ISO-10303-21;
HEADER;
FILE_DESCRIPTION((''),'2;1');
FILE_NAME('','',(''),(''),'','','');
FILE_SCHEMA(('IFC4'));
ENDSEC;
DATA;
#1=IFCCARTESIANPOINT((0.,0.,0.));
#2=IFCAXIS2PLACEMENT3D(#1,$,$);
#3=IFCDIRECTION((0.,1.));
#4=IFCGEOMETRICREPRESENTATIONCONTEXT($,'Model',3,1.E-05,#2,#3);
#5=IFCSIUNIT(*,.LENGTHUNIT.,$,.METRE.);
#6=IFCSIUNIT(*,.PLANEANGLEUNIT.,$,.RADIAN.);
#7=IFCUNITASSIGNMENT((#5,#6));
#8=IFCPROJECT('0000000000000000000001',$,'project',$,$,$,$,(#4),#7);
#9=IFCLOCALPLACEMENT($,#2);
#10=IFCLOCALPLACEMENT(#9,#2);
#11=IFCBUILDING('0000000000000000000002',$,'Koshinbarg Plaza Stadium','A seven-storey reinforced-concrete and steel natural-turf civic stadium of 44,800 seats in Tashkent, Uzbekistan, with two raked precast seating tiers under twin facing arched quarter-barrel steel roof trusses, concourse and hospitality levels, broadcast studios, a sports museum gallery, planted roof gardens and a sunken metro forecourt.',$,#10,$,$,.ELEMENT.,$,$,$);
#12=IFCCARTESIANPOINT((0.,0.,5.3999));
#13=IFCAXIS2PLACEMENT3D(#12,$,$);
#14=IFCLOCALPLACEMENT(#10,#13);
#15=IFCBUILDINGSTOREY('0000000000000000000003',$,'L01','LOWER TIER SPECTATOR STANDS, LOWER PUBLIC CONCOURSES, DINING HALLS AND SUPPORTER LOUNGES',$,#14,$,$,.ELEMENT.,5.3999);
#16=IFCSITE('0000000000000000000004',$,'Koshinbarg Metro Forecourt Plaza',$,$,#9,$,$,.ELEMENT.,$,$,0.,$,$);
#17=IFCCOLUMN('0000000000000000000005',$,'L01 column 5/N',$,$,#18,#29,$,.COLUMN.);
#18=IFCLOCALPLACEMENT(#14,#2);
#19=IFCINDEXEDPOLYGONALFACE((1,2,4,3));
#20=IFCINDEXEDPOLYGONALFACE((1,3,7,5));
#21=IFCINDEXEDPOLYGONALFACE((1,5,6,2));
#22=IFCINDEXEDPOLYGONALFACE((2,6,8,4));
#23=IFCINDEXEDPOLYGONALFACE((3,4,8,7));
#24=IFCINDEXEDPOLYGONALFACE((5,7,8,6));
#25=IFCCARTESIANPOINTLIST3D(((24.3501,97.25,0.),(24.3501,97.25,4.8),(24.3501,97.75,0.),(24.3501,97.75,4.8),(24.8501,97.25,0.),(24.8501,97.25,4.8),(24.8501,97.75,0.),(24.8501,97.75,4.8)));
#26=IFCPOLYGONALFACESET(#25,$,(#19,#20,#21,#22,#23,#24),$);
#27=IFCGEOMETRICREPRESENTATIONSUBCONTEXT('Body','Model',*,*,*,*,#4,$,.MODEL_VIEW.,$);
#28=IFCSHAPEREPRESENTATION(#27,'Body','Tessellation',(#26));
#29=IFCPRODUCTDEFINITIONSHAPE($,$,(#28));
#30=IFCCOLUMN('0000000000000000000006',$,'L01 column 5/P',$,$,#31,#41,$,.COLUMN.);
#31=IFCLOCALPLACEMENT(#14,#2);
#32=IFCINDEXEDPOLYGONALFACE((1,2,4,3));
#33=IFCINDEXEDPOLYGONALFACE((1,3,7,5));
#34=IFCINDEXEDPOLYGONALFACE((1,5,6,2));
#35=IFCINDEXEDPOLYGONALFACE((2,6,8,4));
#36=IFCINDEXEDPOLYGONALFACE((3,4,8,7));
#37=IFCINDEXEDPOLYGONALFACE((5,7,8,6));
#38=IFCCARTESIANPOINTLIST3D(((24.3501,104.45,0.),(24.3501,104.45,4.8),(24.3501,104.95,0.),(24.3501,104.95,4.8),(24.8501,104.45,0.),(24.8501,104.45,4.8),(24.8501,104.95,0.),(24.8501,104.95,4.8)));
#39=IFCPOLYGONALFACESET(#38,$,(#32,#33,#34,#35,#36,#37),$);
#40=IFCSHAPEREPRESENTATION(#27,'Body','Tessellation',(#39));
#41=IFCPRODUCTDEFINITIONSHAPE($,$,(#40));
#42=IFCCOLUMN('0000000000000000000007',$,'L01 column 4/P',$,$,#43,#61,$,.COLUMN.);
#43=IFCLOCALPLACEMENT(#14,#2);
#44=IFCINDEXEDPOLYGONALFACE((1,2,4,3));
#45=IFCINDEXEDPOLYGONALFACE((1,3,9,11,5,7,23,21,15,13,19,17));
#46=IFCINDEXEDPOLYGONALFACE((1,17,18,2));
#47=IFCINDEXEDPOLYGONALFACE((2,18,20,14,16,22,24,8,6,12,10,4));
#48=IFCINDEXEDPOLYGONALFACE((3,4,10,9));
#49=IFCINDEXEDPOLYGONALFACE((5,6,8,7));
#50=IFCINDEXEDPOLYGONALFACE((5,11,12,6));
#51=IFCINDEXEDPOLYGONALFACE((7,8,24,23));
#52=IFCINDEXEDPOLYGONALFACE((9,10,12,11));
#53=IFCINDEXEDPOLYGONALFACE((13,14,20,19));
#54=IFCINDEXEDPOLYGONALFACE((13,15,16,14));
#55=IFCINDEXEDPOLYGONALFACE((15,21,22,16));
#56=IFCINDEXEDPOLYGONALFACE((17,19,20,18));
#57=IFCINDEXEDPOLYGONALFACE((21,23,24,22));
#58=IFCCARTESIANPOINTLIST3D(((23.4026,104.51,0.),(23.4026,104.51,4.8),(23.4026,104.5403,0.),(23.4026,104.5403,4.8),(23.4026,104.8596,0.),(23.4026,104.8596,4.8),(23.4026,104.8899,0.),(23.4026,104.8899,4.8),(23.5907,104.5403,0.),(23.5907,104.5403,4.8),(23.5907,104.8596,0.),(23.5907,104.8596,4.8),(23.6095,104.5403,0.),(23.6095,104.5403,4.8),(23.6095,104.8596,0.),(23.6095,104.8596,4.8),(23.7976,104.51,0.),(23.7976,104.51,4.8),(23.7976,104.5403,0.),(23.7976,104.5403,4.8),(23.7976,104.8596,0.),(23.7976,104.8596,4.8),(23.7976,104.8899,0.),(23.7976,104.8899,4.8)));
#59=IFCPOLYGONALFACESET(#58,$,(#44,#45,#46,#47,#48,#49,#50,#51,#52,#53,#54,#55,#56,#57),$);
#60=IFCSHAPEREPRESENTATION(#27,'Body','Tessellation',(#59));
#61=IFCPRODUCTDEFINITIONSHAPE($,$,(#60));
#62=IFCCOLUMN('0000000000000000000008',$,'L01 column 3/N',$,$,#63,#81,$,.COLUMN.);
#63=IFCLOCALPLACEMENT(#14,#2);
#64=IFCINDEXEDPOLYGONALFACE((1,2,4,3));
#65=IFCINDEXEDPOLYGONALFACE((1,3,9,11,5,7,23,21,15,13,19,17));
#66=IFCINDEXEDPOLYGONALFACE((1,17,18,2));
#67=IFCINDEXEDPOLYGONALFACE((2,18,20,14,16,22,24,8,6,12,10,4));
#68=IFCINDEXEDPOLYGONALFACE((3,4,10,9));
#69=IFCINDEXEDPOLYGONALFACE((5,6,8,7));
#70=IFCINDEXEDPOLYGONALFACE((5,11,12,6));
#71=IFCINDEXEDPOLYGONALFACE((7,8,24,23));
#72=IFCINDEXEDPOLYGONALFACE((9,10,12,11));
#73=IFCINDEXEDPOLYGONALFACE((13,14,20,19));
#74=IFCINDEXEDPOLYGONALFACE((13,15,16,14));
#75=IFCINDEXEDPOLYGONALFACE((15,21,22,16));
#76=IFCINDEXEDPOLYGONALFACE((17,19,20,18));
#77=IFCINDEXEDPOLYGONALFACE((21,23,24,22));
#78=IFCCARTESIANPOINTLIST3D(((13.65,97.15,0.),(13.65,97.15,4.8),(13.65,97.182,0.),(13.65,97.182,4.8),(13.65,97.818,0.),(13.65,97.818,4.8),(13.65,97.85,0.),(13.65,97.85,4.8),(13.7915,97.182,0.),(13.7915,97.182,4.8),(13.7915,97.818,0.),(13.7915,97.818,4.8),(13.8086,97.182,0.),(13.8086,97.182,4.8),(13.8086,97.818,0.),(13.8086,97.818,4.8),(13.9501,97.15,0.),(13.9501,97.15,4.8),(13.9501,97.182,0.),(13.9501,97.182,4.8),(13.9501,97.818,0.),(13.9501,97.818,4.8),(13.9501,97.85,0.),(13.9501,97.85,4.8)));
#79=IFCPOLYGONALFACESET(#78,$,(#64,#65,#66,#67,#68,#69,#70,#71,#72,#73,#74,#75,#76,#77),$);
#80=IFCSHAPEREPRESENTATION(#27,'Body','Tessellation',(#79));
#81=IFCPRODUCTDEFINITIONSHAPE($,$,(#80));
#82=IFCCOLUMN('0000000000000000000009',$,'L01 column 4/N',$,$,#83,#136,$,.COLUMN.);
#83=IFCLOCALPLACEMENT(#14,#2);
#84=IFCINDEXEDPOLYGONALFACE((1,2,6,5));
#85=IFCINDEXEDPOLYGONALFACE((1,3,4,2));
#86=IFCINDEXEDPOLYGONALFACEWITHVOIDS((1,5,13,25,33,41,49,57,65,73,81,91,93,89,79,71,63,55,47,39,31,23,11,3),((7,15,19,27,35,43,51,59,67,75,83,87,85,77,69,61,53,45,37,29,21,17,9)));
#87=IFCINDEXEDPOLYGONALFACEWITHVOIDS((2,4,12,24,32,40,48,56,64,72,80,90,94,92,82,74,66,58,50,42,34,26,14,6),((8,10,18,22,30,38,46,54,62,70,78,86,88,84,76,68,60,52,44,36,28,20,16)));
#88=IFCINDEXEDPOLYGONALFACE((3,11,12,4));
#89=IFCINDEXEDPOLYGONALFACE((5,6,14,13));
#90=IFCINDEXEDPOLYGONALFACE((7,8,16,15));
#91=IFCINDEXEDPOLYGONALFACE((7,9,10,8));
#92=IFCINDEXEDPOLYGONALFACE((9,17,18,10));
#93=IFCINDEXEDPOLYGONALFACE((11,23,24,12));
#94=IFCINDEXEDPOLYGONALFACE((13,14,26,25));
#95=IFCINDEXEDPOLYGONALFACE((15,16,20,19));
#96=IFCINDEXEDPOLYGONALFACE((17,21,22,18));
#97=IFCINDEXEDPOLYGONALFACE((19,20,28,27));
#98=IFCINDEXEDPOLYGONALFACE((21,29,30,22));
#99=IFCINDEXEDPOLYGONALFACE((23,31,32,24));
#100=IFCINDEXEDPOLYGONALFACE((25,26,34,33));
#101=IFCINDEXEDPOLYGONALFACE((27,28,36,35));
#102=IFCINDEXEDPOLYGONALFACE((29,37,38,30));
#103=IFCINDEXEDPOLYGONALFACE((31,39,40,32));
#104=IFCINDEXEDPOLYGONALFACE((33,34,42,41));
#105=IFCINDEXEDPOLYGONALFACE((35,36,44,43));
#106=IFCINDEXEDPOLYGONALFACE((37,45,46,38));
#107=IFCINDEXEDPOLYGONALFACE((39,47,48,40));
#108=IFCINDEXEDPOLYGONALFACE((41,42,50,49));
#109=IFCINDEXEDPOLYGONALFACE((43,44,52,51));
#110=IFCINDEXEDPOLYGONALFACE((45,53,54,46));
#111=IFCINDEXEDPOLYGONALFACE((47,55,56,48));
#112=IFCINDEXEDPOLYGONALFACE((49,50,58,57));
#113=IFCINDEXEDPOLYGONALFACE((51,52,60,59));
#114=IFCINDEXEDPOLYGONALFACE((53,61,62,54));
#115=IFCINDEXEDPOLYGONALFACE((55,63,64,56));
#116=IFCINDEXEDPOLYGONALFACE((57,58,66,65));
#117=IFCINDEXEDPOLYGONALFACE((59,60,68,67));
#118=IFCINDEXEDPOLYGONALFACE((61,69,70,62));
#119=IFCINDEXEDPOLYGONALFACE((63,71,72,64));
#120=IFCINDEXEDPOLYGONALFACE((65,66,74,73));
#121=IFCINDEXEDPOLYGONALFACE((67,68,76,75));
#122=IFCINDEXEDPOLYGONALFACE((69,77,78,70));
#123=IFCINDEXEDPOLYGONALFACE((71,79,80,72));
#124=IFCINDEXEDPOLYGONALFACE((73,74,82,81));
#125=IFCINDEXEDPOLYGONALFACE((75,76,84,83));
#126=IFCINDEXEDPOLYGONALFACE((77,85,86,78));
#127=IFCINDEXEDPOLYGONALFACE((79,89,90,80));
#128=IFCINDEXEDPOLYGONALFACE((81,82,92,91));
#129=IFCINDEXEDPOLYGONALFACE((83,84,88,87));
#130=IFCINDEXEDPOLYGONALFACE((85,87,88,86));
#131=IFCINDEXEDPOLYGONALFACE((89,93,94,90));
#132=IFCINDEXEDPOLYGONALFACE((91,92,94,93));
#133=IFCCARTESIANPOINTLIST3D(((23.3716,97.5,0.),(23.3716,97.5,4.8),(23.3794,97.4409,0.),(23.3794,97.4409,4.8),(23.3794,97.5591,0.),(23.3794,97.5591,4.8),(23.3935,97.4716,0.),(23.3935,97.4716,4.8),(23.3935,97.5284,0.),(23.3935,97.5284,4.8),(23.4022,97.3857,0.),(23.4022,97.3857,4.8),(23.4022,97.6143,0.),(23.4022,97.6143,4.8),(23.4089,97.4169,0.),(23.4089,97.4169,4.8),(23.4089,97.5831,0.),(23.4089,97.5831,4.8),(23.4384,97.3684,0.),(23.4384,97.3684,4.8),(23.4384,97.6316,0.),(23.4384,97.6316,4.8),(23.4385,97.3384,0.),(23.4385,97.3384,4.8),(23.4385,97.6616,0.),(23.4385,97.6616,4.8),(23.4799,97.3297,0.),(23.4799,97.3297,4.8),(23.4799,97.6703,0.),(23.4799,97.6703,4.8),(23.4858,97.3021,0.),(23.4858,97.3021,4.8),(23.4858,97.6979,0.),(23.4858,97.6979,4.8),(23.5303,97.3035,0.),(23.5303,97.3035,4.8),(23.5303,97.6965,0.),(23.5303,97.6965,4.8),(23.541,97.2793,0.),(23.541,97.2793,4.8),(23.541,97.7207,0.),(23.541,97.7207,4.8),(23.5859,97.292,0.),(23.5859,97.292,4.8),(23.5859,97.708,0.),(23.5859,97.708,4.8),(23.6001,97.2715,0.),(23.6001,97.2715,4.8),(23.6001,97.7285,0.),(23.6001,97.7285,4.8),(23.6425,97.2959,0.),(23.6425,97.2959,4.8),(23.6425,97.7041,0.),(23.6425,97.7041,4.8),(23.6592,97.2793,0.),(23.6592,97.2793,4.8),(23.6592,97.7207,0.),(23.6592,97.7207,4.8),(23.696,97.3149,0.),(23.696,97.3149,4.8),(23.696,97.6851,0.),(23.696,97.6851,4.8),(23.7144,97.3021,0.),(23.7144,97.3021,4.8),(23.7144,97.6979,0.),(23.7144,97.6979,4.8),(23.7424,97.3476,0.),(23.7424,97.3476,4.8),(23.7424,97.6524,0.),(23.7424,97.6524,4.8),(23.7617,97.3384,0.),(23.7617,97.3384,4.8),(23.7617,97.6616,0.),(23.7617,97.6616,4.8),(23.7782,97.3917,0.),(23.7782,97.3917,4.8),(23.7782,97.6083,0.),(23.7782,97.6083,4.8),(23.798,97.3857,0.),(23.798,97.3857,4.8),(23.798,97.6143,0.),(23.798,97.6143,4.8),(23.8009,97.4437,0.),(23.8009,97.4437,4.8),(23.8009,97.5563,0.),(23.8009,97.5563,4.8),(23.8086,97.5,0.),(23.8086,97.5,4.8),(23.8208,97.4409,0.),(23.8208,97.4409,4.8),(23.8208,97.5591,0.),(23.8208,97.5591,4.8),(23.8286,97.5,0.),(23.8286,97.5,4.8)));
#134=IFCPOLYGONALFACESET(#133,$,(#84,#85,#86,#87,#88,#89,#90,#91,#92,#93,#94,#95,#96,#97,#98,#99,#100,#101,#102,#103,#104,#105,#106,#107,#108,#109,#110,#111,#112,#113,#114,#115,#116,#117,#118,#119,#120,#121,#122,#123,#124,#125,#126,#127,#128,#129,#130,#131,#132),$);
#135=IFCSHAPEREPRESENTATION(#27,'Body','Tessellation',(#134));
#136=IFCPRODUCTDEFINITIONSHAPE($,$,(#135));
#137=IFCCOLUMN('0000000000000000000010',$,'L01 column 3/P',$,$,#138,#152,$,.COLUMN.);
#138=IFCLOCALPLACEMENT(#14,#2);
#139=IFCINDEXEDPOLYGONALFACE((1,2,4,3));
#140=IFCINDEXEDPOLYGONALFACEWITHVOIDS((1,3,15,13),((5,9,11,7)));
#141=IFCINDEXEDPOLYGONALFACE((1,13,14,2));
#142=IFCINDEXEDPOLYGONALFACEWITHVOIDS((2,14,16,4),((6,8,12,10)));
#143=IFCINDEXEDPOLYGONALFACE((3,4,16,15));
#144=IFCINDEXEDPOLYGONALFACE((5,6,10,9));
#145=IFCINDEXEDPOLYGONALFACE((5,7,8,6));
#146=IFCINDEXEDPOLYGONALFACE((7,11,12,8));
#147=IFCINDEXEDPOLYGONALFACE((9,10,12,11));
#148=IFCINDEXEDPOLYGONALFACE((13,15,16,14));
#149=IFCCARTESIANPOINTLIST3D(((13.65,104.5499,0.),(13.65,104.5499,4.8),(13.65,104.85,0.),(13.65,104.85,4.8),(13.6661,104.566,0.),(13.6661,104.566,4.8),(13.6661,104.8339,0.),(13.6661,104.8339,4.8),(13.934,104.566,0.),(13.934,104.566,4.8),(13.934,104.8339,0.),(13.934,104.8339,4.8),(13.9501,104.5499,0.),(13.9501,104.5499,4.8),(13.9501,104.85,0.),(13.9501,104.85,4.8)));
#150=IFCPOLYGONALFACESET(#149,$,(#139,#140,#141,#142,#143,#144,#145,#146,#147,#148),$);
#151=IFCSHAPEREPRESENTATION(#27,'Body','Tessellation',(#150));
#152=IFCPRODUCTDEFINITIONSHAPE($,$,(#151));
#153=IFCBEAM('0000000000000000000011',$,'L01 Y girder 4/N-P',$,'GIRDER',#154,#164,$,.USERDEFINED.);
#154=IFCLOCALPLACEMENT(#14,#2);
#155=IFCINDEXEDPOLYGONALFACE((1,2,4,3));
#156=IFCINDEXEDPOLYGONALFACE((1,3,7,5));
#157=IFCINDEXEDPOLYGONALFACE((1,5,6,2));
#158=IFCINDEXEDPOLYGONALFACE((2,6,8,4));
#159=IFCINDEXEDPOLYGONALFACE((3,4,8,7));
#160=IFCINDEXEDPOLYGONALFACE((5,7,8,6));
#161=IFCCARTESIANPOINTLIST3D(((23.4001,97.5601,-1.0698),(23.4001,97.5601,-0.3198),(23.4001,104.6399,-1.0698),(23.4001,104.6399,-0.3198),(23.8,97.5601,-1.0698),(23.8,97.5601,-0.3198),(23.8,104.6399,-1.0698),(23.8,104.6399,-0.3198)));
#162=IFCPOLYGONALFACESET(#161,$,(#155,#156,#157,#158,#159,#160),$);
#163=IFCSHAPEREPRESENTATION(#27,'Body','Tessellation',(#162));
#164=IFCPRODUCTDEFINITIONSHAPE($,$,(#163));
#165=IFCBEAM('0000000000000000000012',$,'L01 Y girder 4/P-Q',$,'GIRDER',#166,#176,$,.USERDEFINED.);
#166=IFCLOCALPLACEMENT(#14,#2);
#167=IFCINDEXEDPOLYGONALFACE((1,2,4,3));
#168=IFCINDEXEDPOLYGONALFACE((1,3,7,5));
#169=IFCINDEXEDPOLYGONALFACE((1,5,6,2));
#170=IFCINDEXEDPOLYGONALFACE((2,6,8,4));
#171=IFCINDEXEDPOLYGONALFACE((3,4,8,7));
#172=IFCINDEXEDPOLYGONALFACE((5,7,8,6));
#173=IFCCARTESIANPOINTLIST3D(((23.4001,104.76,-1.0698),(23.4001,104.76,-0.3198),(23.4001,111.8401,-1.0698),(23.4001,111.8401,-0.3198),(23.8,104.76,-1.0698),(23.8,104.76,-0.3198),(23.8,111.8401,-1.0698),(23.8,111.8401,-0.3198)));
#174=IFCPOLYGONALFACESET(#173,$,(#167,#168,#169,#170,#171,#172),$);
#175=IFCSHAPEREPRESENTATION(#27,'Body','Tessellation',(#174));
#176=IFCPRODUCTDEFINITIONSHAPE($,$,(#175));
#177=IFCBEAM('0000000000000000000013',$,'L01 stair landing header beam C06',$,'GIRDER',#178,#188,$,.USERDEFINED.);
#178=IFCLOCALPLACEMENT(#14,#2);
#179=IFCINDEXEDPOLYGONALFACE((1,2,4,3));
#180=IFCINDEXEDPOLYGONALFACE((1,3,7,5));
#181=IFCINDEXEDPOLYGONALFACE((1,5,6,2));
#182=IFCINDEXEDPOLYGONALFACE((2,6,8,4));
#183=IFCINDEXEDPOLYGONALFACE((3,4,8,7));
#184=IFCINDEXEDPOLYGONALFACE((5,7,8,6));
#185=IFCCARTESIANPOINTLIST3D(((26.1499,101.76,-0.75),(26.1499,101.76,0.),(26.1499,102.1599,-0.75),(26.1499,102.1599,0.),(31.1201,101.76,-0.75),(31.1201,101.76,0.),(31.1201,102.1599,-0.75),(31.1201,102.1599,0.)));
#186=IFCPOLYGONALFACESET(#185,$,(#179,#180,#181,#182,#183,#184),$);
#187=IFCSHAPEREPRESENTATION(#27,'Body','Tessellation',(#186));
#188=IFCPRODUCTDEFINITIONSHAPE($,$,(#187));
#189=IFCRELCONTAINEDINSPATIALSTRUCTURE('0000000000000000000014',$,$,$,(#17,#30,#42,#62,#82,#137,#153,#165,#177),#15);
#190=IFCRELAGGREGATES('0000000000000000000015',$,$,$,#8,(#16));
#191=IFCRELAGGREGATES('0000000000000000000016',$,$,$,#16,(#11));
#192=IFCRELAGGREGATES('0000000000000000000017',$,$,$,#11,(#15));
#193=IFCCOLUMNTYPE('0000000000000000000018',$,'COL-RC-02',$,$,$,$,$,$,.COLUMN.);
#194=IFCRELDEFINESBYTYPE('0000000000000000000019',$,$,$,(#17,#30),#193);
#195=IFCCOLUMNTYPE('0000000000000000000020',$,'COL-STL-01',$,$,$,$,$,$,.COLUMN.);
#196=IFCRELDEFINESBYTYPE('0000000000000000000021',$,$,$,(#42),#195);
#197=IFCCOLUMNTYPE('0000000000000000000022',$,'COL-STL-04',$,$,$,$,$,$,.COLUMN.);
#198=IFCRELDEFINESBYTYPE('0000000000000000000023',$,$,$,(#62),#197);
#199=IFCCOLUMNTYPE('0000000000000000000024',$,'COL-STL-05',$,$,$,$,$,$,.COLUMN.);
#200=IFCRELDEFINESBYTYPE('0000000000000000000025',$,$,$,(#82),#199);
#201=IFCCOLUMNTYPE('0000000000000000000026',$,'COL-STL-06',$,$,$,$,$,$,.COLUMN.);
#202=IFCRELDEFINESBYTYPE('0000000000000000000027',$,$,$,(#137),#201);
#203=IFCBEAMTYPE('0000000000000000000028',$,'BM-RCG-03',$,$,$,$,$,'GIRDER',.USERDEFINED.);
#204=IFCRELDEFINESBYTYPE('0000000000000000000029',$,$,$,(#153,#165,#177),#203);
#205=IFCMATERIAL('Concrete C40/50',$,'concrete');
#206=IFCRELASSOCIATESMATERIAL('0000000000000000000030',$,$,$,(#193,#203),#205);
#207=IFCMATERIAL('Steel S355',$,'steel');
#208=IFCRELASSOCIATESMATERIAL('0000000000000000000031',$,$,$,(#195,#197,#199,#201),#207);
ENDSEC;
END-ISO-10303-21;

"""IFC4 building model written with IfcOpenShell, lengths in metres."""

from ifc_helpers import new_model, si_unit, direction, frame, origin, origin_2d, place, context, subcontext, project, spatial, rectangle, hollow_rectangle, hollow_circle, i_section, extrude, material, material_profile, profile_set, type_object, element, save


model = new_model("IFC4")

# Units and contexts
model_context = context("Model", 3, precision=1e-05, world=origin(), true_north=direction((0.0, 1.0)))
body_context = subcontext(model_context, "Body", "Model", "MODEL_VIEW")
ifc_project = project(units=[si_unit("LENGTHUNIT", "METRE"), si_unit("PLANEANGLEUNIT", "RADIAN")], contexts=[model_context])

# Site, building, storey
site_placement = place(None, origin())
site = spatial("IfcSite", under=ifc_project, at=site_placement, Name="Koshinbarg Metro Forecourt Plaza", CompositionType="ELEMENT", RefElevation=0.0)
building_placement = place(site_placement, origin())
building = spatial("IfcBuilding", under=site, at=building_placement, Name="Koshinbarg Plaza Stadium", Description="A seven-storey reinforced-concrete and steel natural-turf civic stadium of 44,800 seats in Tashkent, Uzbekistan, with two raked precast seating tiers under twin facing arched quarter-barrel steel roof trusses, concourse and hospitality levels, broadcast studios, a sports museum gallery, planted roof gardens and a sunken metro forecourt.", CompositionType="ELEMENT")
storey_placement = place(building_placement, frame((0.0, 0.0, 5.3999)))
storey = spatial("IfcBuildingStorey", under=building, at=storey_placement, Name="L01", Description="LOWER TIER SPECTATOR STANDS, LOWER PUBLIC CONCOURSES, DINING HALLS AND SUPPORTER LOUNGES", CompositionType="ELEMENT", Elevation=5.3999)

# Columns
ifc_material_1 = material(Name="Concrete C40/50", Category="concrete")
ifc_material_profile_1 = material_profile(ifc_material_1, rectangle(XDim=0.5, YDim=0.5, at=origin_2d()), Name="RC 500x500")
ifc_profile_set_1 = profile_set([ifc_material_profile_1], Name="Concrete C40/50")
column_type_1 = type_object("IfcColumnType", Name="COL-RC-02", PredefinedType="COLUMN", material=ifc_profile_set_1)
for number, where, z_axis, x_axis, name in (
    (1, (24.6001, 97.5, 0.0), (0.0, 0.0, 1.0), (1.0, 0.0, 0.0), "L01 column 5/N"),
    (2, (24.6001, 104.7, 0.0), (0.0, 0.0, 1.0), (1.0, 0.0, 0.0), "L01 column 5/P"),
):
    element("IfcColumn", number, at=place(storey_placement, frame(where, z_axis=z_axis, x_axis=x_axis)), inside=storey, type_object=column_type_1, Name=name, PredefinedType="COLUMN", context=body_context, shape_type="SweptSolid", body=[
        extrude(rectangle(XDim=0.5, YDim=0.5, at=origin_2d()), origin(), (0.0, 0.0, 1.0), 4.8),
    ])
ifc_material_2 = material(Name="Steel S355", Category="steel")
ifc_material_profile_2 = material_profile(ifc_material_2, i_section(OverallWidth=0.395, OverallDepth=0.3799, WebThickness=0.0188, FlangeThickness=0.0303, at=origin_2d()), Name="HD 400x237")
ifc_profile_set_2 = profile_set([ifc_material_profile_2], Name="Steel S355")
column_type_2 = type_object("IfcColumnType", Name="COL-STL-01", PredefinedType="COLUMN", material=ifc_profile_set_2)
column_1_placement = place(storey_placement, frame((23.6001, 104.7, 0.0), z_axis=(0.0, 0.0, 1.0), x_axis=(1.0, 0.0, 0.0)))
element("IfcColumn", 3, at=column_1_placement, inside=storey, type_object=column_type_2, Name="L01 column 4/P", PredefinedType="COLUMN", context=body_context, shape_type="SweptSolid", body=[
    extrude(i_section(OverallWidth=0.395, OverallDepth=0.3799, WebThickness=0.0188, FlangeThickness=0.0303, at=origin_2d()), origin(), (0.0, 0.0, 1.0), 4.8),
])
ifc_material_profile_3 = material_profile(ifc_material_2, i_section(OverallWidth=0.3, OverallDepth=0.7, WebThickness=0.0171, FlangeThickness=0.032, at=origin_2d()), Name="HEB 700")
ifc_profile_set_3 = profile_set([ifc_material_profile_3], Name="Steel S355")
column_type_3 = type_object("IfcColumnType", Name="COL-STL-04", PredefinedType="COLUMN", material=ifc_profile_set_3)
column_2_placement = place(storey_placement, frame((13.8, 97.5, 0.0), z_axis=(0.0, 0.0, 1.0), x_axis=(1.0, 0.0, 0.0)))
element("IfcColumn", 4, at=column_2_placement, inside=storey, type_object=column_type_3, Name="L01 column 3/N", PredefinedType="COLUMN", context=body_context, shape_type="SweptSolid", body=[
    extrude(i_section(OverallWidth=0.3, OverallDepth=0.7, WebThickness=0.0171, FlangeThickness=0.032, at=origin_2d()), origin(), (0.0, 0.0, 1.0), 4.8),
])
ifc_material_profile_4 = material_profile(ifc_material_2, hollow_circle(Radius=0.2285, WallThickness=0.02, at=origin_2d()), Name="CHS 457x20")
ifc_profile_set_4 = profile_set([ifc_material_profile_4], Name="Steel S355")
column_type_4 = type_object("IfcColumnType", Name="COL-STL-05", PredefinedType="COLUMN", material=ifc_profile_set_4)
column_3_placement = place(storey_placement, frame((23.6001, 97.5, 0.0), z_axis=(0.0, 0.0, 1.0), x_axis=(1.0, 0.0, 0.0)))
element("IfcColumn", 5, at=column_3_placement, inside=storey, type_object=column_type_4, Name="L01 column 4/N", PredefinedType="COLUMN", context=body_context, shape_type="SweptSolid", body=[
    extrude(hollow_circle(Radius=0.2285, WallThickness=0.02, at=origin_2d()), origin(), (0.0, 0.0, 1.0), 4.8),
])
ifc_material_profile_5 = material_profile(ifc_material_2, hollow_rectangle(XDim=0.3, YDim=0.3, WallThickness=0.0161, at=origin_2d()), Name="SHS 300x300x16")
ifc_profile_set_5 = profile_set([ifc_material_profile_5], Name="Steel S355")
column_type_5 = type_object("IfcColumnType", Name="COL-STL-06", PredefinedType="COLUMN", material=ifc_profile_set_5)
column_4_placement = place(storey_placement, frame((13.8, 104.7, 0.0), z_axis=(0.0, 0.0, 1.0), x_axis=(1.0, 0.0, 0.0)))
element("IfcColumn", 6, at=column_4_placement, inside=storey, type_object=column_type_5, Name="L01 column 3/P", PredefinedType="COLUMN", context=body_context, shape_type="SweptSolid", body=[
    extrude(hollow_rectangle(XDim=0.3, YDim=0.3, WallThickness=0.0161, at=origin_2d()), origin(), (0.0, 0.0, 1.0), 4.8),
])

# Beams
ifc_material_profile_6 = material_profile(ifc_material_1, rectangle(XDim=0.3999, YDim=0.75, at=origin_2d()), Name="RC 400x750")
ifc_profile_set_6 = profile_set([ifc_material_profile_6], Name="Concrete C40/50")
beam_type_1 = type_object("IfcBeamType", Name="BM-RCG-03", ElementType="GIRDER", PredefinedType="USERDEFINED", material=ifc_profile_set_6)
beam_1_placement = place(storey_placement, frame((23.6001, 97.5601, -0.6948), z_axis=(0.0, 1.0, 0.0), x_axis=(-1.0, 0.0, 0.0)))
element("IfcBeam", 7, at=beam_1_placement, inside=storey, type_object=beam_type_1, Name="L01 Y girder 4/N-P", ObjectType="GIRDER", PredefinedType="USERDEFINED", context=body_context, shape_type="SweptSolid", body=[
    extrude(rectangle(XDim=0.3999, YDim=0.75, at=origin_2d()), origin(), (0.0, 0.0, 1.0), 7.0798),
])
beam_2_placement = place(storey_placement, frame((23.6001, 104.76, -0.6948), z_axis=(0.0, 1.0, 0.0), x_axis=(-1.0, 0.0, 0.0)))
element("IfcBeam", 8, at=beam_2_placement, inside=storey, type_object=beam_type_1, Name="L01 Y girder 4/P-Q", ObjectType="GIRDER", PredefinedType="USERDEFINED", context=body_context, shape_type="SweptSolid", body=[
    extrude(rectangle(XDim=0.3999, YDim=0.75, at=origin_2d()), origin(), (0.0, 0.0, 1.0), 7.0801),
])
beam_3_placement = place(storey_placement, frame((26.1499, 101.96, -0.375), z_axis=(1.0, 0.0, 0.0), x_axis=(0.0, 1.0, 0.0)))
element("IfcBeam", 9, at=beam_3_placement, inside=storey, type_object=beam_type_1, Name="L01 stair landing header beam C06", ObjectType="GIRDER", PredefinedType="USERDEFINED", context=body_context, shape_type="SweptSolid", body=[
    extrude(rectangle(XDim=0.3999, YDim=0.75, at=origin_2d()), origin(), (0.0, 0.0, 1.0), 4.9702),
])

save(model, "model.ifc")
